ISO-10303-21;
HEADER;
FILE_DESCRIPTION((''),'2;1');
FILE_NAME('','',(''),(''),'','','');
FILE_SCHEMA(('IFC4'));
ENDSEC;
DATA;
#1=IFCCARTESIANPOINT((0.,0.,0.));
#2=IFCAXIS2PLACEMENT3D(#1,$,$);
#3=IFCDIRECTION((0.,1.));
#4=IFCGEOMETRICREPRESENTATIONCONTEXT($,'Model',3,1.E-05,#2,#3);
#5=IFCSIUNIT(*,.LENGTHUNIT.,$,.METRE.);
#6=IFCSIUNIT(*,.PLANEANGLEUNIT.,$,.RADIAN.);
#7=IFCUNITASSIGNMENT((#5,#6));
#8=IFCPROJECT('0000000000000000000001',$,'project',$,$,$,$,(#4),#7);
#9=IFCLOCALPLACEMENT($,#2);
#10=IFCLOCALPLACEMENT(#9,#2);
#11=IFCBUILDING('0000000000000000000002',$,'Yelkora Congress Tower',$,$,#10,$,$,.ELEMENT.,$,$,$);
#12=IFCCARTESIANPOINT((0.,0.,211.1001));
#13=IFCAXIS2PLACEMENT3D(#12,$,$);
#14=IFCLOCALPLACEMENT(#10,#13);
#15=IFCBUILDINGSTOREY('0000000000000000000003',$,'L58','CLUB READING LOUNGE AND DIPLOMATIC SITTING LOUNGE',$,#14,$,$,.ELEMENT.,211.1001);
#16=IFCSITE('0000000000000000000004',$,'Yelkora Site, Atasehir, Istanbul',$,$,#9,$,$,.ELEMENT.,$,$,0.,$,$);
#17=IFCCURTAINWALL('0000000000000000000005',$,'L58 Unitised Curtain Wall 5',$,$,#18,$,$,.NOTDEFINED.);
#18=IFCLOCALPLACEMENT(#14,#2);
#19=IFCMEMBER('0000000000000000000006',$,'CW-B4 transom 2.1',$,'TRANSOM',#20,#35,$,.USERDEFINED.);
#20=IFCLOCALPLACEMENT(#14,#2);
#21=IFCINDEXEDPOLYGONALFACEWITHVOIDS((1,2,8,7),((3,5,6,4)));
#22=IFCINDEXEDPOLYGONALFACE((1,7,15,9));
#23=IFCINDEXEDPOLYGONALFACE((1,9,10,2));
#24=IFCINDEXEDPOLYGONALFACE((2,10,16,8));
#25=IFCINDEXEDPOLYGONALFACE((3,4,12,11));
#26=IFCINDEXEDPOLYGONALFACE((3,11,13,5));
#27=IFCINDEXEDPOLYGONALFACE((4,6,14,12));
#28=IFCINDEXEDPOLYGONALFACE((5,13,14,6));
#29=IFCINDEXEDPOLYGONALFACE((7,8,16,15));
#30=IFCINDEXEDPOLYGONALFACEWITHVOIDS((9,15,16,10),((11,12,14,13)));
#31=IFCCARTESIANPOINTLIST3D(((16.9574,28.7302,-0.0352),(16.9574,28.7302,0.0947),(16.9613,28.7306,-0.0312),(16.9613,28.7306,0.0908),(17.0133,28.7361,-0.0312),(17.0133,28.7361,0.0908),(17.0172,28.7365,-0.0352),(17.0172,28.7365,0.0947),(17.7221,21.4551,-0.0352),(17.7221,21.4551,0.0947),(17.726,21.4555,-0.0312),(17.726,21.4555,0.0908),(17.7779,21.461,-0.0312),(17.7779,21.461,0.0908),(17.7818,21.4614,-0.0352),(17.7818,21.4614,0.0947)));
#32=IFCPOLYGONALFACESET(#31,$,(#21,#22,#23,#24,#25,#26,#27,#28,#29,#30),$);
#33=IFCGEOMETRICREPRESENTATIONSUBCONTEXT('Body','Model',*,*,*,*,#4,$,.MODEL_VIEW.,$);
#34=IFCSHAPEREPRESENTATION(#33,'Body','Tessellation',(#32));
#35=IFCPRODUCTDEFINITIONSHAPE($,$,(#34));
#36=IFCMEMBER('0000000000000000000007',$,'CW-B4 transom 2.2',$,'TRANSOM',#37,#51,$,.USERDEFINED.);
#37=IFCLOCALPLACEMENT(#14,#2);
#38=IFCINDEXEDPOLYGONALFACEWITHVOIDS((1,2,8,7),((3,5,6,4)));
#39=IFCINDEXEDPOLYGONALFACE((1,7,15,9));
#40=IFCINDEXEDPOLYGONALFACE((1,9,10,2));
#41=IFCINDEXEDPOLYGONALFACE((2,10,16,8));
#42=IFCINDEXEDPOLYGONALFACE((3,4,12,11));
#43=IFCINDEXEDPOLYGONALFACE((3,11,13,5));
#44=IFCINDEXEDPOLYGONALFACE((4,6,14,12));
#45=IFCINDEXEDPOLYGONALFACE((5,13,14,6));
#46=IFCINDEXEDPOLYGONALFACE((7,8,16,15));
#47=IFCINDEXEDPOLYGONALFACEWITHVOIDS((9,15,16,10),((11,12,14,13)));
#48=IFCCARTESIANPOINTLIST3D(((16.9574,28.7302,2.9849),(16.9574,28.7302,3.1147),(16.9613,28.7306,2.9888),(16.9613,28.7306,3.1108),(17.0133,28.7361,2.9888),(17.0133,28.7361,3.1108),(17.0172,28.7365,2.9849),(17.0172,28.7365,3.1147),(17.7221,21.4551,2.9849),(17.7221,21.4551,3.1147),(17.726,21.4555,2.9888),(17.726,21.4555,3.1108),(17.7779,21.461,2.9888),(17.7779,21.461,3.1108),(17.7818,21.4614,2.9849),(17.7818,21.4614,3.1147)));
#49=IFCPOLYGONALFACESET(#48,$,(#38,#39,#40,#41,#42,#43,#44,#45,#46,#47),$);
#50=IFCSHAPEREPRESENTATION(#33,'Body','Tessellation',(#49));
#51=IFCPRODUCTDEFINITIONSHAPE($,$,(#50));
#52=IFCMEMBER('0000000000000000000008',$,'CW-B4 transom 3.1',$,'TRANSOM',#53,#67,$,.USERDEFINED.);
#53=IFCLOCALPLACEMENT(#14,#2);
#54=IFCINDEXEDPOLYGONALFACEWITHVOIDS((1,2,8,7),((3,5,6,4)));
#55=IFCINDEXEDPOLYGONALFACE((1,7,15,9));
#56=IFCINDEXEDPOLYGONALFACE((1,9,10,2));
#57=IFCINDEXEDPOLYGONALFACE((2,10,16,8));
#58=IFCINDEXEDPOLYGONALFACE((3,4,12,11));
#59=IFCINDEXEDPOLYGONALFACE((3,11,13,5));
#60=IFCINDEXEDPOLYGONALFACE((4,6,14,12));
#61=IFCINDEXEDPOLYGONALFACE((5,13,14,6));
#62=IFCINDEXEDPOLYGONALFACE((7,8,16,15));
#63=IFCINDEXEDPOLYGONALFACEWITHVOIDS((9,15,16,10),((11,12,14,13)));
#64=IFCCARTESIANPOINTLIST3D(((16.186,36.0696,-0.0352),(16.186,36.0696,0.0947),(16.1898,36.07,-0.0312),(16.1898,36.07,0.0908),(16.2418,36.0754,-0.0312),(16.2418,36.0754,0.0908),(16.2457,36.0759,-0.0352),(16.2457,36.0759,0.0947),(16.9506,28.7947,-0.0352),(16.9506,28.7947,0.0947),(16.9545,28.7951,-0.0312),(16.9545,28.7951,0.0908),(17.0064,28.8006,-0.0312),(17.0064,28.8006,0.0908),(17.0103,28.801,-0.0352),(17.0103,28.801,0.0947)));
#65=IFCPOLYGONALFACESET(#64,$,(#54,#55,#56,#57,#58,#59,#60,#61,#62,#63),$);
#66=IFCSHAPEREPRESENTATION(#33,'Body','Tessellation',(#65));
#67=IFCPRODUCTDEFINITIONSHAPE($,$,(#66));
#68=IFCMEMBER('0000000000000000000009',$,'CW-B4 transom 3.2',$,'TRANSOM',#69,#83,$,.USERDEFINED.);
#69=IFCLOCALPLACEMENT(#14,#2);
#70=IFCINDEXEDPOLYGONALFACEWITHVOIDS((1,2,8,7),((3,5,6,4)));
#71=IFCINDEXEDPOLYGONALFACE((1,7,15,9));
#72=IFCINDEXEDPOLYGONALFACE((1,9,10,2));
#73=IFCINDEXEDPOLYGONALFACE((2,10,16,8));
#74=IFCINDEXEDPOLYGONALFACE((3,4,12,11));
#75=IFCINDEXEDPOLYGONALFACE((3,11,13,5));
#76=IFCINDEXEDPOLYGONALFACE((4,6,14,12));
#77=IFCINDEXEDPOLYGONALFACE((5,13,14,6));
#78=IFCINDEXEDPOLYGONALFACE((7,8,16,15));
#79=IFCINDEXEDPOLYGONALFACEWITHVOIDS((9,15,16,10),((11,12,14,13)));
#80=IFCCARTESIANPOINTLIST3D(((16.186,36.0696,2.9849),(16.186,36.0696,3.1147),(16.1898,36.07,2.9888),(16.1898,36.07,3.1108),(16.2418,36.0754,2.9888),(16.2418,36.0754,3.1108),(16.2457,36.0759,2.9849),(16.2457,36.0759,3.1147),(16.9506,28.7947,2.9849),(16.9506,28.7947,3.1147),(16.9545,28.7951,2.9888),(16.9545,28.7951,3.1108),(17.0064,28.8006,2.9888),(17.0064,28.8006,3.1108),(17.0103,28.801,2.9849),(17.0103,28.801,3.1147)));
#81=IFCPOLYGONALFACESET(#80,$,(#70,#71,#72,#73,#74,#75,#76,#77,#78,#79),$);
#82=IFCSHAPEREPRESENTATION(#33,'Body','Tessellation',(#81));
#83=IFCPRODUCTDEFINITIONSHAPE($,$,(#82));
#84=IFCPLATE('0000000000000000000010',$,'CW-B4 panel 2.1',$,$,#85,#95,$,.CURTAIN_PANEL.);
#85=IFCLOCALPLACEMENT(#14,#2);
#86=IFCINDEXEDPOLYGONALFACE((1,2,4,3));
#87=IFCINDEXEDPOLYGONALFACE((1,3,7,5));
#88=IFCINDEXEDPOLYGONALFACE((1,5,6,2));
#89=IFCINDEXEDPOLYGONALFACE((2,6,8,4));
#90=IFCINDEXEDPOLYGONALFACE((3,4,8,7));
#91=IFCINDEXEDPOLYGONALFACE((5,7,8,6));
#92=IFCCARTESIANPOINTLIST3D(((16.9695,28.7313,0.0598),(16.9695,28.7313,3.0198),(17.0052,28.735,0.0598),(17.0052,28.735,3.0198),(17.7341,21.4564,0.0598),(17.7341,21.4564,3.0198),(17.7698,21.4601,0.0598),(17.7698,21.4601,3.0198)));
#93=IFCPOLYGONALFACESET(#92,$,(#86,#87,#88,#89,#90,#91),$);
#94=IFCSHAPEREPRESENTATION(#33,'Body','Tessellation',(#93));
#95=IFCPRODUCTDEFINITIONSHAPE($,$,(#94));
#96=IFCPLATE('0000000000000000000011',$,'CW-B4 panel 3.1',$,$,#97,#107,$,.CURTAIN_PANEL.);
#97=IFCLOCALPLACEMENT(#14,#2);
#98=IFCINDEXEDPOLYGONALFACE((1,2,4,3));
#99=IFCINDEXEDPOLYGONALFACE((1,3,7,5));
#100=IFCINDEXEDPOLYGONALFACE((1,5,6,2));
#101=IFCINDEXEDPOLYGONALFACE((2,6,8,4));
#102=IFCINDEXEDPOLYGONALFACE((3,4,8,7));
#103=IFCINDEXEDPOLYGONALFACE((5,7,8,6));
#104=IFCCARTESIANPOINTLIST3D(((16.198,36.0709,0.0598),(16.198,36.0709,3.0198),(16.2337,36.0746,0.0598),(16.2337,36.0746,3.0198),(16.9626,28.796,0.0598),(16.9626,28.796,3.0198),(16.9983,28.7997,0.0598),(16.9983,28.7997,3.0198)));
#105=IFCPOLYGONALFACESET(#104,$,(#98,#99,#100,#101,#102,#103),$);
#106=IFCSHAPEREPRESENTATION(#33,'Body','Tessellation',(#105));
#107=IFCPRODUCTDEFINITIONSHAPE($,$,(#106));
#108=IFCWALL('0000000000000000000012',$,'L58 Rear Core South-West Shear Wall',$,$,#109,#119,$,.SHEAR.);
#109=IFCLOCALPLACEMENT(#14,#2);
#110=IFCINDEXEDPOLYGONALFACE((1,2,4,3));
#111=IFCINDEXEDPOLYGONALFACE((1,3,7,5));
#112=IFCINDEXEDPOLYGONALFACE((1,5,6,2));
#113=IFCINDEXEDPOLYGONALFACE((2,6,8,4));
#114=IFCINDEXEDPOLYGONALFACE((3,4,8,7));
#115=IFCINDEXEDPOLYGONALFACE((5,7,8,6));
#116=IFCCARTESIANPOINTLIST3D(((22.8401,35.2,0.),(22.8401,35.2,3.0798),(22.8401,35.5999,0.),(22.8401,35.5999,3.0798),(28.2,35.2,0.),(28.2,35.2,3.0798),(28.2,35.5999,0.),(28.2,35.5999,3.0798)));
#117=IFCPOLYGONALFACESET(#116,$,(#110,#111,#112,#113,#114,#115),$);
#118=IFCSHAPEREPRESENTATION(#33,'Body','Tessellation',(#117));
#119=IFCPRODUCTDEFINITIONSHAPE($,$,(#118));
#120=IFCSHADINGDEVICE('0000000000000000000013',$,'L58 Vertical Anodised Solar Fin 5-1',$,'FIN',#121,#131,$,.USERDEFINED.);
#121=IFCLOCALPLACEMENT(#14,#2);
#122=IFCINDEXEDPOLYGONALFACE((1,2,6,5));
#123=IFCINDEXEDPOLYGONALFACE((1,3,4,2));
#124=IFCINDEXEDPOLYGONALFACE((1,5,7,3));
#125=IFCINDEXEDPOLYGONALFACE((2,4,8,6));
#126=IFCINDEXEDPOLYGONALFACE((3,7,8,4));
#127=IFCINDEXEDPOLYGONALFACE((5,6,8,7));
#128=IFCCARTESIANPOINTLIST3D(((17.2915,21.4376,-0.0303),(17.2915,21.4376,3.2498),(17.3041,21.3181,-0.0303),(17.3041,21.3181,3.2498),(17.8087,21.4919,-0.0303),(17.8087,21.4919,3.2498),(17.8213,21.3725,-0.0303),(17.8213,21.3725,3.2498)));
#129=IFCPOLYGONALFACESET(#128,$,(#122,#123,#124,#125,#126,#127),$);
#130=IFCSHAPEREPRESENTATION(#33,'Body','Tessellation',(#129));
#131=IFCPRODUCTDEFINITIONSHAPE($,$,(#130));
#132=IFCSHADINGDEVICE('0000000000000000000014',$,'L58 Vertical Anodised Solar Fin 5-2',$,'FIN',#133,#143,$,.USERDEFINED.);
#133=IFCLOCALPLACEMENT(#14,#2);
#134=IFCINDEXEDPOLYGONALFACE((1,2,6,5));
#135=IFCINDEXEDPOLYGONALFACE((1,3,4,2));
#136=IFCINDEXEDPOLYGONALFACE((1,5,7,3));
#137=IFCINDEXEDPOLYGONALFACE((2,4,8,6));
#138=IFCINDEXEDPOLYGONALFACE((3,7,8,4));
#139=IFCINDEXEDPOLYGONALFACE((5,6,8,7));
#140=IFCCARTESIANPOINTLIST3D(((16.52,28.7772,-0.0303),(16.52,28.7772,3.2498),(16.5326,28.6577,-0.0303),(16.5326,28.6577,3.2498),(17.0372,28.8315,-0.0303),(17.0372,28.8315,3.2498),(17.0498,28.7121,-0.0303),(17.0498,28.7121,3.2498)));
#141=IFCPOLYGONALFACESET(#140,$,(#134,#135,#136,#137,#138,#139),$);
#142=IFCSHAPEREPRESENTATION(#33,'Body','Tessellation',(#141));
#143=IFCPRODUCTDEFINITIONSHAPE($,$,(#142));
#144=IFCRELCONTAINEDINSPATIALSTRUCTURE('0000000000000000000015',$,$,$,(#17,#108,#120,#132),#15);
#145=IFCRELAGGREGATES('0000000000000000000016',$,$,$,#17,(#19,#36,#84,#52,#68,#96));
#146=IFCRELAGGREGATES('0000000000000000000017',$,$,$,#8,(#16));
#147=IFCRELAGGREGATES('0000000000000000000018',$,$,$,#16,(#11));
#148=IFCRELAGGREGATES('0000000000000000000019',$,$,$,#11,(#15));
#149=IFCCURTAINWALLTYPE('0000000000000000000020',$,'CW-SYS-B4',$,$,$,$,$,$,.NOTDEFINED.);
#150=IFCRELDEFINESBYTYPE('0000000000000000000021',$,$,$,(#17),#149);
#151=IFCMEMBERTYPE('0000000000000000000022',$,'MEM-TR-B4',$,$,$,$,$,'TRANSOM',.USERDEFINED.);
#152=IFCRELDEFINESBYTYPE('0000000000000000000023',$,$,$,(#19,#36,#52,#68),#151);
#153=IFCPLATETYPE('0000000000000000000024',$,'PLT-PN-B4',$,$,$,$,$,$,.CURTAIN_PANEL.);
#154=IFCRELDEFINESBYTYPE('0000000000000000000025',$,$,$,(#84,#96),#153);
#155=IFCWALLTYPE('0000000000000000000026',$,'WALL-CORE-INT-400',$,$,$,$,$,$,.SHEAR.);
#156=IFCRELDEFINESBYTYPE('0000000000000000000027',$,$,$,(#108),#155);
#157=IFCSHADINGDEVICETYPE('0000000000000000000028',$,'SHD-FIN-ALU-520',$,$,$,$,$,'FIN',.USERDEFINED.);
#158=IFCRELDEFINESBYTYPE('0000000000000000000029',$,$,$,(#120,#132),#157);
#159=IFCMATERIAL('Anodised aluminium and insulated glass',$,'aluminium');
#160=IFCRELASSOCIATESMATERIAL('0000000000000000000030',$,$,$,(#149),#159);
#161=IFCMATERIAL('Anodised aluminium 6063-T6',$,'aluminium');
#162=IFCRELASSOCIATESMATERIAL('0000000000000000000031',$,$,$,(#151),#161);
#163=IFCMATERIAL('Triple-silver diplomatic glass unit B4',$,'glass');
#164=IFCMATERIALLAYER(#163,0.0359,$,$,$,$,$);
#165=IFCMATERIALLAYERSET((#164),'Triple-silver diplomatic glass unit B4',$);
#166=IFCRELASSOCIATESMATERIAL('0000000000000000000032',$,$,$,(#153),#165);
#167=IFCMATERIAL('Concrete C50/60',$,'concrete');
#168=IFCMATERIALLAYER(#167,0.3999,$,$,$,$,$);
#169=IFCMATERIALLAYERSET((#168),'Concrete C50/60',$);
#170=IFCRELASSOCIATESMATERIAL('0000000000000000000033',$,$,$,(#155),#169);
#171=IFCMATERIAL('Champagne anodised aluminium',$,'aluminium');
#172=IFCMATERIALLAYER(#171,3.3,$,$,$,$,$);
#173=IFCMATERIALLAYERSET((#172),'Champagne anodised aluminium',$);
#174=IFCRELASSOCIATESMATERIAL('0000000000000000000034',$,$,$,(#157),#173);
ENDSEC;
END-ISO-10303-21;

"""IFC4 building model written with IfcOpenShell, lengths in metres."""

from ifc_helpers import new_model, si_unit, direction, frame, frame_2d, origin, origin_2d, place, context, subcontext, project, spatial, rectangle, hollow_rectangle, extrude, material, layer, layer_set, material_profile, profile_set, type_object, element, aggregate, save


model = new_model("IFC4")

# Units and contexts
model_context = context("Model", 3, precision=1e-05, world=origin(), true_north=direction((0.0, 1.0)))
body_context = subcontext(model_context, "Body", "Model", "MODEL_VIEW")
ifc_project = project(units=[si_unit("LENGTHUNIT", "METRE"), si_unit("PLANEANGLEUNIT", "RADIAN")], contexts=[model_context])

# Site, building, storey
site_placement = place(None, origin())
site = spatial("IfcSite", under=ifc_project, at=site_placement, Name="Yelkora Site, Atasehir, Istanbul", CompositionType="ELEMENT", RefElevation=0.0)
building_placement = place(site_placement, origin())
building = spatial("IfcBuilding", under=site, at=building_placement, Name="Yelkora Congress Tower", CompositionType="ELEMENT")
storey_placement = place(building_placement, frame((0.0, 0.0, 211.1001)))
storey = spatial("IfcBuildingStorey", under=building, at=storey_placement, Name="L58", Description="CLUB READING LOUNGE AND DIPLOMATIC SITTING LOUNGE", CompositionType="ELEMENT", Elevation=211.1001)

# Curtain wall, members, plates
ifc_material_1 = material(Name="Anodised aluminium and insulated glass", Category="aluminium")
curtain_wall_type = type_object("IfcCurtainWallType", Name="CW-SYS-B4", PredefinedType="NOTDEFINED", material=ifc_material_1)
curtain_wall_placement = place(storey_placement, origin())
curtain_wall = element("IfcCurtainWall", 1, at=curtain_wall_placement, inside=storey, type_object=curtain_wall_type, Name="L58 Unitised Curtain Wall 5", PredefinedType="NOTDEFINED")
ifc_material_2 = material(Name="Anodised aluminium 6063-T6", Category="aluminium")
ifc_material_profile_1 = material_profile(ifc_material_2, hollow_rectangle(XDim=0.0601, YDim=0.1299, WallThickness=0.0039, at=origin_2d()), Name="ALU 60x130x4")
ifc_profile_set_1 = profile_set([ifc_material_profile_1], Name="Anodised aluminium 6063-T6")
member_type_1 = type_object("IfcMemberType", Name="MEM-TR-B4", ElementType="TRANSOM", PredefinedType="USERDEFINED", material=ifc_profile_set_1)
member_1_placement = place(storey_placement, frame((17.752, 21.4583, 0.0298), z_axis=(-0.104528, 0.994522, 0.0), x_axis=(-0.994522, -0.104528, 0.0)))
member_1 = element("IfcMember", 2, at=member_1_placement, type_object=member_type_1, Name="CW-B4 transom 2.1", ObjectType="TRANSOM", PredefinedType="USERDEFINED", context=body_context, shape_type="SweptSolid", body=[
    extrude(hollow_rectangle(XDim=0.0601, YDim=0.1299, WallThickness=0.0039, at=origin_2d()), origin(), (0.0, 0.0, 1.0), 7.3152),
])
member_2_placement = place(storey_placement, frame((17.752, 21.4583, 3.0498), z_axis=(-0.104528, 0.994522, 0.0), x_axis=(-0.994522, -0.104528, 0.0)))
member_2 = element("IfcMember", 3, at=member_2_placement, type_object=member_type_1, Name="CW-B4 transom 2.2", ObjectType="TRANSOM", PredefinedType="USERDEFINED", context=body_context, shape_type="SweptSolid", body=[
    extrude(hollow_rectangle(XDim=0.0601, YDim=0.1299, WallThickness=0.0039, at=origin_2d()), origin(), (0.0, 0.0, 1.0), 7.3152),
])
member_3_placement = place(storey_placement, frame((16.9805, 28.7979, 0.0298), z_axis=(-0.104532, 0.994522, 0.0), x_axis=(-0.994522, -0.104532, 0.0)))
member_3 = element("IfcMember", 4, at=member_3_placement, type_object=member_type_1, Name="CW-B4 transom 3.1", ObjectType="TRANSOM", PredefinedType="USERDEFINED", context=body_context, shape_type="SweptSolid", body=[
    extrude(hollow_rectangle(XDim=0.0601, YDim=0.1299, WallThickness=0.0039, at=origin_2d()), origin(), (0.0, 0.0, 1.0), 7.3149),
])
member_4_placement = place(storey_placement, frame((16.9805, 28.7979, 3.0498), z_axis=(-0.104532, 0.994522, 0.0), x_axis=(-0.994522, -0.104532, 0.0)))
member_4 = element("IfcMember", 5, at=member_4_placement, type_object=member_type_1, Name="CW-B4 transom 3.2", ObjectType="TRANSOM", PredefinedType="USERDEFINED", context=body_context, shape_type="SweptSolid", body=[
    extrude(hollow_rectangle(XDim=0.0601, YDim=0.1299, WallThickness=0.0039, at=origin_2d()), origin(), (0.0, 0.0, 1.0), 7.3149),
])
ifc_material_3 = material(Name="Triple-silver diplomatic glass unit B4", Category="glass")
ifc_layer_1 = layer(ifc_material_3, 0.0359)
ifc_layer_set_1 = layer_set([ifc_layer_1], Name="Triple-silver diplomatic glass unit B4")
plate_type = type_object("IfcPlateType", Name="PLT-PN-B4", PredefinedType="CURTAIN_PANEL", material=ifc_layer_set_1)
plate_1_placement = place(storey_placement, frame((17.3696, 25.0957, 0.0598), z_axis=(0.0, 0.0, 1.0), x_axis=(-0.104526, 0.994522, 0.0)))
plate_1 = element("IfcPlate", 6, at=plate_1_placement, type_object=plate_type, Name="CW-B4 panel 2.1", PredefinedType="CURTAIN_PANEL", context=body_context, shape_type="SweptSolid", body=[
    extrude(rectangle(XDim=7.3149, YDim=0.0359, at=origin_2d()), origin(), (0.0, 0.0, 1.0), 2.96),
])
plate_2_placement = place(storey_placement, frame((16.5981, 32.4353, 0.0598), z_axis=(0.0, 0.0, 1.0), x_axis=(-0.104526, 0.994522, 0.0)))
plate_2 = element("IfcPlate", 7, at=plate_2_placement, type_object=plate_type, Name="CW-B4 panel 3.1", PredefinedType="CURTAIN_PANEL", context=body_context, shape_type="SweptSolid", body=[
    extrude(rectangle(XDim=7.3149, YDim=0.0359, at=origin_2d()), origin(), (0.0, 0.0, 1.0), 2.96),
])
aggregate(curtain_wall, [member_1, member_2, plate_1, member_3, member_4, plate_2])

# Wall
ifc_material_4 = material(Name="Concrete C50/60", Category="concrete")
ifc_layer_2 = layer(ifc_material_4, 0.3999)
ifc_layer_set_2 = layer_set([ifc_layer_2], Name="Concrete C50/60")
wall_type = type_object("IfcWallType", Name="WALL-CORE-INT-400", PredefinedType="SHEAR", material=ifc_layer_set_2)
wall_placement = place(storey_placement, frame((22.8401, 35.3999, 0.0), z_axis=(0.0, 0.0, 1.0), x_axis=(1.0, 0.0, 0.0)))
element("IfcWall", 8, at=wall_placement, inside=storey, type_object=wall_type, Name="L58 Rear Core South-West Shear Wall", PredefinedType="SHEAR", context=body_context, shape_type="SweptSolid", body=[
    extrude(rectangle(XDim=5.3599, YDim=0.3999, at=frame_2d((2.6799, 0.0))), origin(), (0.0, 0.0, 1.0), 3.0798),
])

# Shading devices
ifc_material_5 = material(Name="Champagne anodised aluminium", Category="aluminium")
ifc_layer_3 = layer(ifc_material_5, 3.3)
ifc_layer_set_3 = layer_set([ifc_layer_3], Name="Champagne anodised aluminium")
shading_device_type = type_object("IfcShadingDeviceType", Name="SHD-FIN-ALU-520", ElementType="FIN", PredefinedType="USERDEFINED", material=ifc_layer_set_3)
for number, where, z_axis, x_axis, name in (
    (9, (17.5564, 21.405, -0.0303), (0.0, 0.0, 1.0), (-0.104528, 0.994522, 0.0), "L58 Vertical Anodised Solar Fin 5-1"),
    (10, (16.7849, 28.7446, -0.0303), (0.0, 0.0, 1.0), (-0.104528, 0.994522, 0.0), "L58 Vertical Anodised Solar Fin 5-2"),
):
    element("IfcShadingDevice", number, at=place(storey_placement, frame(where, z_axis=z_axis, x_axis=x_axis)), inside=storey, type_object=shading_device_type, Name=name, ObjectType="FIN", PredefinedType="USERDEFINED", context=body_context, shape_type="SweptSolid", body=[
        extrude(rectangle(XDim=0.1201, YDim=0.52, at=origin_2d()), origin(), (0.0, 0.0, 1.0), 3.28),
    ])

save(model, "model.ifc")
